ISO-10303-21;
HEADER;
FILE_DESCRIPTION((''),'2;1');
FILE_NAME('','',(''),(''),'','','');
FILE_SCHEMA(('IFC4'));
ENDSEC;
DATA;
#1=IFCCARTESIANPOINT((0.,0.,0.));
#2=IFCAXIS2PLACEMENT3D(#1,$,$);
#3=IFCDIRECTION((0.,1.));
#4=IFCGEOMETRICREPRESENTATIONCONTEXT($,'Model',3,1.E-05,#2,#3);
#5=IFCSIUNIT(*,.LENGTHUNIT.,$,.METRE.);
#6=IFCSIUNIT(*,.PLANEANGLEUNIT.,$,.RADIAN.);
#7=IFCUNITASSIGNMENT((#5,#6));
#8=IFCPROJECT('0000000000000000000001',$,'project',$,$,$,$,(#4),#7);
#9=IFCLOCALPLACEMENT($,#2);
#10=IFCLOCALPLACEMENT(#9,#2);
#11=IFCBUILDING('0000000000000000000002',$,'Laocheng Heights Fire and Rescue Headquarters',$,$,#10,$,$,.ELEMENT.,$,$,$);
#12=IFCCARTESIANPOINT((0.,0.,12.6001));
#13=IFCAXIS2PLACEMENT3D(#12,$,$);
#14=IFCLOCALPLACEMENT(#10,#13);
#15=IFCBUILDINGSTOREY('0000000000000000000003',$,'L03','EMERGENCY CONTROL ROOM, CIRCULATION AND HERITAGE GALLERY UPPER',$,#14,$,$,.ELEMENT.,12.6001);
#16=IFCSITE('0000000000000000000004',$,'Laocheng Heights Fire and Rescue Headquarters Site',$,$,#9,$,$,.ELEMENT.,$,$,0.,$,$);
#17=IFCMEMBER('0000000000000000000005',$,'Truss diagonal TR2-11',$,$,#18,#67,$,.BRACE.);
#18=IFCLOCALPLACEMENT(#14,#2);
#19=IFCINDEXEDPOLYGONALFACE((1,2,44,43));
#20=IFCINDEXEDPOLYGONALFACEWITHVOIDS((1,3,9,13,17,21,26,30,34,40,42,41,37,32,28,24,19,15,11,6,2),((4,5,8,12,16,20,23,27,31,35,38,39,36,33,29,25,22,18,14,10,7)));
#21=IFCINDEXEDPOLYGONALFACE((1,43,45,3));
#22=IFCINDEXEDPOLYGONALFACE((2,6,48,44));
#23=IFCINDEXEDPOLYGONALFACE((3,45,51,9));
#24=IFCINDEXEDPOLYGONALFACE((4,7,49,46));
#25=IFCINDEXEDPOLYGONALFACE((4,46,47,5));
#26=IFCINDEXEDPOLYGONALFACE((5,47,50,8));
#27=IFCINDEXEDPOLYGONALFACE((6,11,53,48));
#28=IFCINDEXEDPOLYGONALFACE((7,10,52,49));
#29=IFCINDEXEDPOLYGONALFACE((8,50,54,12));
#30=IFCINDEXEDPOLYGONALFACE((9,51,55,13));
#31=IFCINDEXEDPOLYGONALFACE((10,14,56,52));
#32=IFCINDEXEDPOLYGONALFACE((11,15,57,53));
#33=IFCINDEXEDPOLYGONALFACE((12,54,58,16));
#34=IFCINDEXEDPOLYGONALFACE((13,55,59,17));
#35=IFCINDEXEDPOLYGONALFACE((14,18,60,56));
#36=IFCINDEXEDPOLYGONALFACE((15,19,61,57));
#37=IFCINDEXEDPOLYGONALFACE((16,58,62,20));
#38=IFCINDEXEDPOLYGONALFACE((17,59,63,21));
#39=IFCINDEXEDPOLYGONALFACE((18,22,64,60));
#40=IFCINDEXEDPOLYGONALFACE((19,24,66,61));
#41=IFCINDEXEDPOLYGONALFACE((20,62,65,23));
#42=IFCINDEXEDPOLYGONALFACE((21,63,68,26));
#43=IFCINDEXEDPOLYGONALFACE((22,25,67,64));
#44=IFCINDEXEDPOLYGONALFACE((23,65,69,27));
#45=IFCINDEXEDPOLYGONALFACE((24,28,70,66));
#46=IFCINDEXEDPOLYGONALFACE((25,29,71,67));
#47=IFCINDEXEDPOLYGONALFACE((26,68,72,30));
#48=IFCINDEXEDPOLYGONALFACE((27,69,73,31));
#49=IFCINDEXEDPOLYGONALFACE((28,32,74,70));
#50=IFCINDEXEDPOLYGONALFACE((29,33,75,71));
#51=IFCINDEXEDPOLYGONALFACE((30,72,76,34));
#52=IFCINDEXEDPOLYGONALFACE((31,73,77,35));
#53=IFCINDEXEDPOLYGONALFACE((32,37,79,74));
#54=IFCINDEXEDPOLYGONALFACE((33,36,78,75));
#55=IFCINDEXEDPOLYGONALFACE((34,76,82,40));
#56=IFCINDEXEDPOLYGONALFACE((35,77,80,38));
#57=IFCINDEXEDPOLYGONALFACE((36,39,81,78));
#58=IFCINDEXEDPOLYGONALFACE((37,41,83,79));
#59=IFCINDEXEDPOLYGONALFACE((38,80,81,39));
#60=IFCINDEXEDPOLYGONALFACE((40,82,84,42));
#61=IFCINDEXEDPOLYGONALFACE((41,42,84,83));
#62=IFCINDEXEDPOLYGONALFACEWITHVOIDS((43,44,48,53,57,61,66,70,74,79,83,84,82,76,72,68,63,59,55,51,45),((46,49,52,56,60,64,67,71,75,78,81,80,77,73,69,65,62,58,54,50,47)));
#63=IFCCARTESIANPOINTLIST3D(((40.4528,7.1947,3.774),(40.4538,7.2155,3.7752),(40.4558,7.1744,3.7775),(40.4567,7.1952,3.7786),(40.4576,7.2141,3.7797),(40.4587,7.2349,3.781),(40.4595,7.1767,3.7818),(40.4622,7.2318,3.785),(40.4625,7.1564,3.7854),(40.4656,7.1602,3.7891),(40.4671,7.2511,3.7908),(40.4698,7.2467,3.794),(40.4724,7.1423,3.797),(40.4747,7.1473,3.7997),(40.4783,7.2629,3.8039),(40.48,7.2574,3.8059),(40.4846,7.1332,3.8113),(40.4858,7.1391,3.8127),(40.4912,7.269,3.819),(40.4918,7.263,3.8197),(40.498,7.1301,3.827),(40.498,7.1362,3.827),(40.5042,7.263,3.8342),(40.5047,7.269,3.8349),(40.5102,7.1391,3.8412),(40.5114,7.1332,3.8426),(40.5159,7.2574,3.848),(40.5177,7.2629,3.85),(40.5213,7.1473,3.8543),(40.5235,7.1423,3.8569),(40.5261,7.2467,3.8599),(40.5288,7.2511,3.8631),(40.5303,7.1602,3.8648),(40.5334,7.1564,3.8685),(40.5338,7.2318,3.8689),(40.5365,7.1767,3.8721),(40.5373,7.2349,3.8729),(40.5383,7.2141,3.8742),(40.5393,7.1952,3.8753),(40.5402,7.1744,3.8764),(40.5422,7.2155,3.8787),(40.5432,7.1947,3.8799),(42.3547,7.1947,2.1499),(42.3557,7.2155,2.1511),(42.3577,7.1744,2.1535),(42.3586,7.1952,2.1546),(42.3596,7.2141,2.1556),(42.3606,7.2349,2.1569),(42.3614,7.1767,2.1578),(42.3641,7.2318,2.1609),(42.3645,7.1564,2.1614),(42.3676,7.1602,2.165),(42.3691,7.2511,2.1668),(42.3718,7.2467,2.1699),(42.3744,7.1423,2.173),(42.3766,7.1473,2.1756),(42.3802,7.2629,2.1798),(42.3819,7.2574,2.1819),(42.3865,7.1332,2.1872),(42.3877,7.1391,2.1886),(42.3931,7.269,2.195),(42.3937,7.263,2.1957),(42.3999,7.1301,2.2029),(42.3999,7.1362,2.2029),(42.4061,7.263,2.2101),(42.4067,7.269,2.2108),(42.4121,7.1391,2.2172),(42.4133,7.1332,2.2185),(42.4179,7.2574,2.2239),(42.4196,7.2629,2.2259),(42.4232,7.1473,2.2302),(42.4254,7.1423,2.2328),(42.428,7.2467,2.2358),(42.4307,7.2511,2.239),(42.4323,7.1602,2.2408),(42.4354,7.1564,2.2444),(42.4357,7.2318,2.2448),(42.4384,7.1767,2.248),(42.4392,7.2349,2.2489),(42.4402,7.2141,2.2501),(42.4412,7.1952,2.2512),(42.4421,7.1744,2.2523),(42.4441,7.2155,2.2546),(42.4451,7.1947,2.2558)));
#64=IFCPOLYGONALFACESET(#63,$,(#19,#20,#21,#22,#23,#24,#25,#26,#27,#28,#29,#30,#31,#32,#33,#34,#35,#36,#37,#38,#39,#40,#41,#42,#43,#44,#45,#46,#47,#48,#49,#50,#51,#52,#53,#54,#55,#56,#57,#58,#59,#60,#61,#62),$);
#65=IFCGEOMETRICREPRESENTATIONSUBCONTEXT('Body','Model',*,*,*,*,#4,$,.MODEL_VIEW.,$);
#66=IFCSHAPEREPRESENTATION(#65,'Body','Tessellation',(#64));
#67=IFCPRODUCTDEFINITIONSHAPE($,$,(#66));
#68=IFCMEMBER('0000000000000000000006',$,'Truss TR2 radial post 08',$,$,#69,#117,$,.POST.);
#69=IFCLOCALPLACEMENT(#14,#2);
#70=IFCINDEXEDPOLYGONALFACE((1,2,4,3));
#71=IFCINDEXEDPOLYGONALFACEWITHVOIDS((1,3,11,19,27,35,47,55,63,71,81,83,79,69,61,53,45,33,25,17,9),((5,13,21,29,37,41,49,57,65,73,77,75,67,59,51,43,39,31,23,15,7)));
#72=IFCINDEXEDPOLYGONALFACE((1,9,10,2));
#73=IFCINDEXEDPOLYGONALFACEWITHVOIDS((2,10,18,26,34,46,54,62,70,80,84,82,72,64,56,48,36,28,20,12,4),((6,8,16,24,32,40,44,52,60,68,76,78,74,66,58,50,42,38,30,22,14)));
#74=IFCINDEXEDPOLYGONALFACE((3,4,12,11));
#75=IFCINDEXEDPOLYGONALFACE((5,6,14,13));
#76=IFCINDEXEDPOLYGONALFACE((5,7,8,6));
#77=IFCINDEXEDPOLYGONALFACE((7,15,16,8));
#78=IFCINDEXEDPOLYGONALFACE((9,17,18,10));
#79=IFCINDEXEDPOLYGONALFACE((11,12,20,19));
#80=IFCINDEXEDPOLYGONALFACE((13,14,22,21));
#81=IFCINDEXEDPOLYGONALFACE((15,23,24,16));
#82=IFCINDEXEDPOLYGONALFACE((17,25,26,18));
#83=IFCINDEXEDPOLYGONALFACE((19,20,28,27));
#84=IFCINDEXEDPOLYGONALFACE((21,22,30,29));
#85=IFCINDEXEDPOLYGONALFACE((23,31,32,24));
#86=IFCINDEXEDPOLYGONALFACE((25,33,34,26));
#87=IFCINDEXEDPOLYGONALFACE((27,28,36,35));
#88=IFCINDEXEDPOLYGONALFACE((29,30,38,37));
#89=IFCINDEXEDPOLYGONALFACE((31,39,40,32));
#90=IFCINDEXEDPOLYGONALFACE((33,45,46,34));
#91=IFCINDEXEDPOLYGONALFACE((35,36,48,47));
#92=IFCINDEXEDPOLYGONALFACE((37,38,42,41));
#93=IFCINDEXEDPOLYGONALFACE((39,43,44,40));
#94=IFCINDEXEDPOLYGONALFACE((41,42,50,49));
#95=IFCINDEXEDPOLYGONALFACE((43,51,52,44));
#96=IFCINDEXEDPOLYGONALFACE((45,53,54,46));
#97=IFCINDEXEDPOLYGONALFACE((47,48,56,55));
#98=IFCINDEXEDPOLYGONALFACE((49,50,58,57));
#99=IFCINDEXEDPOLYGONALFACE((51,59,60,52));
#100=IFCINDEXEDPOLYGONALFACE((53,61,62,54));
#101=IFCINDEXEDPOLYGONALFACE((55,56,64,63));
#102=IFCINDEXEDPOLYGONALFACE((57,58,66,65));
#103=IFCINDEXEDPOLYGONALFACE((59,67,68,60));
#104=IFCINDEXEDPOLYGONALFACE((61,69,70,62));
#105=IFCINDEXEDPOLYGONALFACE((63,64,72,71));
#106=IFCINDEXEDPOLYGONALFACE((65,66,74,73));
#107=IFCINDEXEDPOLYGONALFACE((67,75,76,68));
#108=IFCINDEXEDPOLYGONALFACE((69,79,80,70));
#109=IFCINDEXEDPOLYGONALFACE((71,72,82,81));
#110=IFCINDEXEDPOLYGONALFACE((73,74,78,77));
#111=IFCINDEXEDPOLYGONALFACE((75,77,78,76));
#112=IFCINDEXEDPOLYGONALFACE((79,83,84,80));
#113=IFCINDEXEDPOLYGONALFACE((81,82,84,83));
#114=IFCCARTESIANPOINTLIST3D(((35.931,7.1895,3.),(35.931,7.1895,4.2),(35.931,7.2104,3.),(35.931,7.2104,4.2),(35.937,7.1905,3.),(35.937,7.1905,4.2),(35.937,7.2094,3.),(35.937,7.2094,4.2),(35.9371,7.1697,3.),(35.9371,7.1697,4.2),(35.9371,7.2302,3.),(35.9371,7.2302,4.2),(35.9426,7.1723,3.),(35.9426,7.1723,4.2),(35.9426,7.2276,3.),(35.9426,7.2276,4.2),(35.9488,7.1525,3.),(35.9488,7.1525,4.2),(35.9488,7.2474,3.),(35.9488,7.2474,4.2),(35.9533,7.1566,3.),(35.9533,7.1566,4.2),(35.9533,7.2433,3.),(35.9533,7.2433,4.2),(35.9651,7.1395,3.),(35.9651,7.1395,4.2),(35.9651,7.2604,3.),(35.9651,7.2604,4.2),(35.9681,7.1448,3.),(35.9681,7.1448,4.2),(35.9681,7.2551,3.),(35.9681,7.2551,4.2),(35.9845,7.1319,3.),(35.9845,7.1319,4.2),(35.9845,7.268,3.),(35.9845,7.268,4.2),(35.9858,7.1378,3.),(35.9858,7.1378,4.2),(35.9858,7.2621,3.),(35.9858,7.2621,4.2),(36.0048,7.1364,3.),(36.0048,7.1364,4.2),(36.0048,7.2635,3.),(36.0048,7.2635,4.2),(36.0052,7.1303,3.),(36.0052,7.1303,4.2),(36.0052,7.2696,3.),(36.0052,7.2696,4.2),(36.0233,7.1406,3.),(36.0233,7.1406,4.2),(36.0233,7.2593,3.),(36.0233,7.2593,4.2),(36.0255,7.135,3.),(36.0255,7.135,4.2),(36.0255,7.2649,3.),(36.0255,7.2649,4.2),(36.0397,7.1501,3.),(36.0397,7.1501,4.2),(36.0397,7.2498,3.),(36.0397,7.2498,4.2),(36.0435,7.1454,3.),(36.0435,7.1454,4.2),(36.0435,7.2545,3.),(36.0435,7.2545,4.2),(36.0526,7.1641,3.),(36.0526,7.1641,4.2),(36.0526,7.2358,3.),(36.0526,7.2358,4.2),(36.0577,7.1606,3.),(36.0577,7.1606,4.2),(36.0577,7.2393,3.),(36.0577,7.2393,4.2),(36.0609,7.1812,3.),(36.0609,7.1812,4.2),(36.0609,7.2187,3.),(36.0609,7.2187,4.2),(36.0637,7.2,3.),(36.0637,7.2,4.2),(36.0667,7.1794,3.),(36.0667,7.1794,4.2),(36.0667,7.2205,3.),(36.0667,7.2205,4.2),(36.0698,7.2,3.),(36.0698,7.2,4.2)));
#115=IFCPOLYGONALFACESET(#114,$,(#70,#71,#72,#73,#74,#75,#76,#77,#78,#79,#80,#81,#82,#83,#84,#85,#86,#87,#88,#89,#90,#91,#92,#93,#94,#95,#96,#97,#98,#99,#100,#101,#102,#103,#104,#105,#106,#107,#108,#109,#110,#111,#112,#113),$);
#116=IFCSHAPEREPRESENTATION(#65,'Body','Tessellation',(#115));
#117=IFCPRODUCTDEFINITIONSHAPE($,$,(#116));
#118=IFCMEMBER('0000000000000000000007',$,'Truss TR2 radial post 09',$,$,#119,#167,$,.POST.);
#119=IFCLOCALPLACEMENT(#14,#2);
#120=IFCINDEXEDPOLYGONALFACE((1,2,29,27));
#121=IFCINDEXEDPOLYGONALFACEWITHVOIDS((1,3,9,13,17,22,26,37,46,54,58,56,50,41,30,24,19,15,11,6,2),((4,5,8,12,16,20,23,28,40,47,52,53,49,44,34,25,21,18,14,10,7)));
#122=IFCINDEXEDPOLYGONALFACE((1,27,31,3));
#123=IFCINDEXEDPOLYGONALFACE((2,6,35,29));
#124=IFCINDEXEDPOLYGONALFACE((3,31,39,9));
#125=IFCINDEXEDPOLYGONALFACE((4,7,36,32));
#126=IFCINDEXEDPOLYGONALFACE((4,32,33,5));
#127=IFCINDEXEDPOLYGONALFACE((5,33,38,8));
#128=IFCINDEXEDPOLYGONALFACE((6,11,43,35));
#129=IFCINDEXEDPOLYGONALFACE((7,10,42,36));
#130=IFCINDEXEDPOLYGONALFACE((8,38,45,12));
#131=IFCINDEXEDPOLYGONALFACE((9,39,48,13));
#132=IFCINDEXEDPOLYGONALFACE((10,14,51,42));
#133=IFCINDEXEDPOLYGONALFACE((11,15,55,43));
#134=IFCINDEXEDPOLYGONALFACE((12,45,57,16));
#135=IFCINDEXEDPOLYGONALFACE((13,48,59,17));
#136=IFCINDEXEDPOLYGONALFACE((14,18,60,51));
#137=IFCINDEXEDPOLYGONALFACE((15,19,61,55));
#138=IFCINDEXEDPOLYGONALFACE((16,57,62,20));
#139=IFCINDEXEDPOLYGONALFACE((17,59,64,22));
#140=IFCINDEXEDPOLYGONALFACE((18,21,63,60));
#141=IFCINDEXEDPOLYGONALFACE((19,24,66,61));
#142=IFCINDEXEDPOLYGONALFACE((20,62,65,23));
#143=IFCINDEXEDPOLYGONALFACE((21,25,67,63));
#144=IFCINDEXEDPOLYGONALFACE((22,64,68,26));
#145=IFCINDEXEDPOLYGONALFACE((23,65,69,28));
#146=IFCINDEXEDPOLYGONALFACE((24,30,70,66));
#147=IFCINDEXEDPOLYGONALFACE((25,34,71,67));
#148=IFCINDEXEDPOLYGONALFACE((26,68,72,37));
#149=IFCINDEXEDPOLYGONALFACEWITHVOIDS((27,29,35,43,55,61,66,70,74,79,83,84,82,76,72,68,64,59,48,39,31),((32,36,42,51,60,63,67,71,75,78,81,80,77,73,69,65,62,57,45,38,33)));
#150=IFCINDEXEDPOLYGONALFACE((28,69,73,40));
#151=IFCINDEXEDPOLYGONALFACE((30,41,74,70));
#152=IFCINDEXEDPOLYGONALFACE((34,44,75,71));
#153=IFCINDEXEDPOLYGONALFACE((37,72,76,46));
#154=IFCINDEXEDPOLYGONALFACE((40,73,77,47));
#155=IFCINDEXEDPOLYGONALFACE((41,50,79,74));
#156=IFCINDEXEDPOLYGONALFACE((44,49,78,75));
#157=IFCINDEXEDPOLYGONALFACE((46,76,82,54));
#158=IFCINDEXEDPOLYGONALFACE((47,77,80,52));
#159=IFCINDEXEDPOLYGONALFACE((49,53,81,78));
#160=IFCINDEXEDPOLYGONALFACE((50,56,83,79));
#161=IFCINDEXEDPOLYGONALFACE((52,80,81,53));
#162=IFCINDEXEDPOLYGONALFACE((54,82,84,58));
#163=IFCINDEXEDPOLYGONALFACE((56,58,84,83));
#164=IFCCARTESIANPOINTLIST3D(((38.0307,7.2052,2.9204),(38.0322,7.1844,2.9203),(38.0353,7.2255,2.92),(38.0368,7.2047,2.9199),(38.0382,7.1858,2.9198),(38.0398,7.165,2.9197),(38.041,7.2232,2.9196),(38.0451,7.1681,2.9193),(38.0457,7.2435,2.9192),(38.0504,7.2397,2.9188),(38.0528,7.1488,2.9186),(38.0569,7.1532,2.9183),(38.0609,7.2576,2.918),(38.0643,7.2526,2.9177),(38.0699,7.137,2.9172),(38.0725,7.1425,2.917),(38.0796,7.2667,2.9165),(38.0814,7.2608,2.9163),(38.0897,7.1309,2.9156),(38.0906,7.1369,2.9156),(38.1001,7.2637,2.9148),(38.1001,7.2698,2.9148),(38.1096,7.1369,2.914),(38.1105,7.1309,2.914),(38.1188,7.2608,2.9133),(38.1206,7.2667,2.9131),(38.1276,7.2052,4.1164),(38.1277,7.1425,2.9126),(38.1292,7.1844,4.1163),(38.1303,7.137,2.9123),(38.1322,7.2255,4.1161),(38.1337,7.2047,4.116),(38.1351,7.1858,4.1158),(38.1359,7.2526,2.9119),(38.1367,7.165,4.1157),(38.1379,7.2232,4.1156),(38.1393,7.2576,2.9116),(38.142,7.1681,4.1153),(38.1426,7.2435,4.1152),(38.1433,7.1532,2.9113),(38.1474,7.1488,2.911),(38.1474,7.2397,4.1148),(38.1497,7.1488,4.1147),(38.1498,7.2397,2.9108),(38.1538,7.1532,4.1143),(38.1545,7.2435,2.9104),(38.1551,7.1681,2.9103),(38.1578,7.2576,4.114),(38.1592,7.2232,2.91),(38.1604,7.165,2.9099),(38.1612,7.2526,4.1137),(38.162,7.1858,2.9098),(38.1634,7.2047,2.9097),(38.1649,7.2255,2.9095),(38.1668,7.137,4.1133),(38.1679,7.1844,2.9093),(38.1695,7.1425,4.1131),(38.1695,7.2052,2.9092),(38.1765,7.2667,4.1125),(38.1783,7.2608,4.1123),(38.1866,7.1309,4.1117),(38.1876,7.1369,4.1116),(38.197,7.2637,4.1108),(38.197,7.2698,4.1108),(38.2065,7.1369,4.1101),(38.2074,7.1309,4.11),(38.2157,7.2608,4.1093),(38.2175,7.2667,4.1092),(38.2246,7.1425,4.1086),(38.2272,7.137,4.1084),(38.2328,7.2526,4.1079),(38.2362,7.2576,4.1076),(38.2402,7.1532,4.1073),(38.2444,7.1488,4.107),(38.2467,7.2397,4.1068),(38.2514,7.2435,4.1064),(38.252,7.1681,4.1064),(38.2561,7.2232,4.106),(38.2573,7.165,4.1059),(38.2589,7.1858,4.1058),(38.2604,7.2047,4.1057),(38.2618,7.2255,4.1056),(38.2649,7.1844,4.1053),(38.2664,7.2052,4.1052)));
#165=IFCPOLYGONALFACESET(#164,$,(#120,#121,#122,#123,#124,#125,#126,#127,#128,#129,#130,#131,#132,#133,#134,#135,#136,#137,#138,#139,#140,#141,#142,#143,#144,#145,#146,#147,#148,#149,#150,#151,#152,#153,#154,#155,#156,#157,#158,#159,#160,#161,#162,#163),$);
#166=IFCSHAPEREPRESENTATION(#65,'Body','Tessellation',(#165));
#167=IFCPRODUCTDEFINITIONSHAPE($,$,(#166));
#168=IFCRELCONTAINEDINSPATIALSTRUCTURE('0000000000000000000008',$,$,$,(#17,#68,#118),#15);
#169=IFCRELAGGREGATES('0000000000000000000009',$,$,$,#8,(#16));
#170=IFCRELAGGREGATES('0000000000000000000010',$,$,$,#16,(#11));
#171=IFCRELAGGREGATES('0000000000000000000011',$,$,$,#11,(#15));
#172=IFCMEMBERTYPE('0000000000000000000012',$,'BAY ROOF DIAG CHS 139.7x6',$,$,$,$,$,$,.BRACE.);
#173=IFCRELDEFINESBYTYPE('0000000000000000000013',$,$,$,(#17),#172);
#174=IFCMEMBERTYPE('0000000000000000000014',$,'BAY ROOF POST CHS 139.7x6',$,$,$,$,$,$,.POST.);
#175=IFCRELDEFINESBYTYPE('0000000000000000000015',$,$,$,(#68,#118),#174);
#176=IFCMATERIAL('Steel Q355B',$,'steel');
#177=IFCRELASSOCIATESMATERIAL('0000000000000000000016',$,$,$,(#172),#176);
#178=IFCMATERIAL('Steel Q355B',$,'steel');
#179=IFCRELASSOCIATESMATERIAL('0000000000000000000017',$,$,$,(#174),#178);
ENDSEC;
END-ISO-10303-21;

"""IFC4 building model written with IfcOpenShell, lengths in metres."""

from ifc_helpers import new_model, si_unit, direction, frame, origin, origin_2d, place, context, subcontext, project, spatial, hollow_circle, extrude, material, material_profile, profile_set, type_object, element, save


model = new_model("IFC4")

# Units and contexts
model_context = context("Model", 3, precision=1e-05, world=origin(), true_north=direction((0.0, 1.0)))
body_context = subcontext(model_context, "Body", "Model", "MODEL_VIEW")
ifc_project = project(units=[si_unit("LENGTHUNIT", "METRE"), si_unit("PLANEANGLEUNIT", "RADIAN")], contexts=[model_context])

# Site, building, storey
site_placement = place(None, origin())
site = spatial("IfcSite", under=ifc_project, at=site_placement, Name="Laocheng Heights Fire and Rescue Headquarters Site", CompositionType="ELEMENT", RefElevation=0.0)
building_placement = place(site_placement, origin())
building = spatial("IfcBuilding", under=site, at=building_placement, Name="Laocheng Heights Fire and Rescue Headquarters", CompositionType="ELEMENT")
storey_placement = place(building_placement, frame((0.0, 0.0, 12.6001)))
storey = spatial("IfcBuildingStorey", under=building, at=storey_placement, Name="L03", Description="EMERGENCY CONTROL ROOM, CIRCULATION AND HERITAGE GALLERY UPPER", CompositionType="ELEMENT", Elevation=12.6001)

# Members
ifc_material_1 = material(Name="Steel Q355B", Category="steel")
ifc_material_profile_1 = material_profile(ifc_material_1, hollow_circle(Radius=0.0698, WallThickness=0.0061, at=origin_2d()), Name="CHS 139.7x6")
ifc_profile_set_1 = profile_set([ifc_material_profile_1], Name="Steel Q355B")
member_type_1 = type_object("IfcMemberType", Name="BAY ROOF DIAG CHS 139.7x6", PredefinedType="BRACE", material=ifc_profile_set_1)
member_1_placement = place(storey_placement, frame((42.3999, 7.2, 2.2029), z_axis=(-0.760468, 0.0, 0.649375), x_axis=(0.0, -1.0, 0.0)))
element("IfcMember", 1, at=member_1_placement, inside=storey, type_object=member_type_1, Name="Truss diagonal TR2-11", PredefinedType="BRACE", context=body_context, shape_type="SweptSolid", body=[
    extrude(hollow_circle(Radius=0.0698, WallThickness=0.0061, at=origin_2d()), origin(), (0.0, 0.0, 1.0), 2.501),
])
ifc_material_2 = material(Name="Steel Q355B", Category="steel")
ifc_material_profile_2 = material_profile(ifc_material_2, hollow_circle(Radius=0.0698, WallThickness=0.0061, at=origin_2d()), Name="CHS 139.7x6")
ifc_profile_set_2 = profile_set([ifc_material_profile_2], Name="Steel Q355B")
member_type_2 = type_object("IfcMemberType", Name="BAY ROOF POST CHS 139.7x6", PredefinedType="POST", material=ifc_profile_set_2)
for number, where, z_axis, x_axis, name in (
    (2, (36.0, 7.2, 3.0), (0.0, 0.0, 1.0), (1.0, 0.0, 0.0), "Truss TR2 radial post 08"),
    (3, (38.1001, 7.2, 2.9148), (0.080772, 0.0, 0.996733), (0.0, 1.0, 0.0), "Truss TR2 radial post 09"),
):
    element("IfcMember", number, at=place(storey_placement, frame(where, z_axis=z_axis, x_axis=x_axis)), inside=storey, type_object=member_type_2, Name=name, PredefinedType="POST", context=body_context, shape_type="SweptSolid", body=[
        extrude(hollow_circle(Radius=0.0698, WallThickness=0.0061, at=origin_2d()), origin(), (0.0, 0.0, 1.0), 1.2),
    ])

save(model, "model.ifc")
